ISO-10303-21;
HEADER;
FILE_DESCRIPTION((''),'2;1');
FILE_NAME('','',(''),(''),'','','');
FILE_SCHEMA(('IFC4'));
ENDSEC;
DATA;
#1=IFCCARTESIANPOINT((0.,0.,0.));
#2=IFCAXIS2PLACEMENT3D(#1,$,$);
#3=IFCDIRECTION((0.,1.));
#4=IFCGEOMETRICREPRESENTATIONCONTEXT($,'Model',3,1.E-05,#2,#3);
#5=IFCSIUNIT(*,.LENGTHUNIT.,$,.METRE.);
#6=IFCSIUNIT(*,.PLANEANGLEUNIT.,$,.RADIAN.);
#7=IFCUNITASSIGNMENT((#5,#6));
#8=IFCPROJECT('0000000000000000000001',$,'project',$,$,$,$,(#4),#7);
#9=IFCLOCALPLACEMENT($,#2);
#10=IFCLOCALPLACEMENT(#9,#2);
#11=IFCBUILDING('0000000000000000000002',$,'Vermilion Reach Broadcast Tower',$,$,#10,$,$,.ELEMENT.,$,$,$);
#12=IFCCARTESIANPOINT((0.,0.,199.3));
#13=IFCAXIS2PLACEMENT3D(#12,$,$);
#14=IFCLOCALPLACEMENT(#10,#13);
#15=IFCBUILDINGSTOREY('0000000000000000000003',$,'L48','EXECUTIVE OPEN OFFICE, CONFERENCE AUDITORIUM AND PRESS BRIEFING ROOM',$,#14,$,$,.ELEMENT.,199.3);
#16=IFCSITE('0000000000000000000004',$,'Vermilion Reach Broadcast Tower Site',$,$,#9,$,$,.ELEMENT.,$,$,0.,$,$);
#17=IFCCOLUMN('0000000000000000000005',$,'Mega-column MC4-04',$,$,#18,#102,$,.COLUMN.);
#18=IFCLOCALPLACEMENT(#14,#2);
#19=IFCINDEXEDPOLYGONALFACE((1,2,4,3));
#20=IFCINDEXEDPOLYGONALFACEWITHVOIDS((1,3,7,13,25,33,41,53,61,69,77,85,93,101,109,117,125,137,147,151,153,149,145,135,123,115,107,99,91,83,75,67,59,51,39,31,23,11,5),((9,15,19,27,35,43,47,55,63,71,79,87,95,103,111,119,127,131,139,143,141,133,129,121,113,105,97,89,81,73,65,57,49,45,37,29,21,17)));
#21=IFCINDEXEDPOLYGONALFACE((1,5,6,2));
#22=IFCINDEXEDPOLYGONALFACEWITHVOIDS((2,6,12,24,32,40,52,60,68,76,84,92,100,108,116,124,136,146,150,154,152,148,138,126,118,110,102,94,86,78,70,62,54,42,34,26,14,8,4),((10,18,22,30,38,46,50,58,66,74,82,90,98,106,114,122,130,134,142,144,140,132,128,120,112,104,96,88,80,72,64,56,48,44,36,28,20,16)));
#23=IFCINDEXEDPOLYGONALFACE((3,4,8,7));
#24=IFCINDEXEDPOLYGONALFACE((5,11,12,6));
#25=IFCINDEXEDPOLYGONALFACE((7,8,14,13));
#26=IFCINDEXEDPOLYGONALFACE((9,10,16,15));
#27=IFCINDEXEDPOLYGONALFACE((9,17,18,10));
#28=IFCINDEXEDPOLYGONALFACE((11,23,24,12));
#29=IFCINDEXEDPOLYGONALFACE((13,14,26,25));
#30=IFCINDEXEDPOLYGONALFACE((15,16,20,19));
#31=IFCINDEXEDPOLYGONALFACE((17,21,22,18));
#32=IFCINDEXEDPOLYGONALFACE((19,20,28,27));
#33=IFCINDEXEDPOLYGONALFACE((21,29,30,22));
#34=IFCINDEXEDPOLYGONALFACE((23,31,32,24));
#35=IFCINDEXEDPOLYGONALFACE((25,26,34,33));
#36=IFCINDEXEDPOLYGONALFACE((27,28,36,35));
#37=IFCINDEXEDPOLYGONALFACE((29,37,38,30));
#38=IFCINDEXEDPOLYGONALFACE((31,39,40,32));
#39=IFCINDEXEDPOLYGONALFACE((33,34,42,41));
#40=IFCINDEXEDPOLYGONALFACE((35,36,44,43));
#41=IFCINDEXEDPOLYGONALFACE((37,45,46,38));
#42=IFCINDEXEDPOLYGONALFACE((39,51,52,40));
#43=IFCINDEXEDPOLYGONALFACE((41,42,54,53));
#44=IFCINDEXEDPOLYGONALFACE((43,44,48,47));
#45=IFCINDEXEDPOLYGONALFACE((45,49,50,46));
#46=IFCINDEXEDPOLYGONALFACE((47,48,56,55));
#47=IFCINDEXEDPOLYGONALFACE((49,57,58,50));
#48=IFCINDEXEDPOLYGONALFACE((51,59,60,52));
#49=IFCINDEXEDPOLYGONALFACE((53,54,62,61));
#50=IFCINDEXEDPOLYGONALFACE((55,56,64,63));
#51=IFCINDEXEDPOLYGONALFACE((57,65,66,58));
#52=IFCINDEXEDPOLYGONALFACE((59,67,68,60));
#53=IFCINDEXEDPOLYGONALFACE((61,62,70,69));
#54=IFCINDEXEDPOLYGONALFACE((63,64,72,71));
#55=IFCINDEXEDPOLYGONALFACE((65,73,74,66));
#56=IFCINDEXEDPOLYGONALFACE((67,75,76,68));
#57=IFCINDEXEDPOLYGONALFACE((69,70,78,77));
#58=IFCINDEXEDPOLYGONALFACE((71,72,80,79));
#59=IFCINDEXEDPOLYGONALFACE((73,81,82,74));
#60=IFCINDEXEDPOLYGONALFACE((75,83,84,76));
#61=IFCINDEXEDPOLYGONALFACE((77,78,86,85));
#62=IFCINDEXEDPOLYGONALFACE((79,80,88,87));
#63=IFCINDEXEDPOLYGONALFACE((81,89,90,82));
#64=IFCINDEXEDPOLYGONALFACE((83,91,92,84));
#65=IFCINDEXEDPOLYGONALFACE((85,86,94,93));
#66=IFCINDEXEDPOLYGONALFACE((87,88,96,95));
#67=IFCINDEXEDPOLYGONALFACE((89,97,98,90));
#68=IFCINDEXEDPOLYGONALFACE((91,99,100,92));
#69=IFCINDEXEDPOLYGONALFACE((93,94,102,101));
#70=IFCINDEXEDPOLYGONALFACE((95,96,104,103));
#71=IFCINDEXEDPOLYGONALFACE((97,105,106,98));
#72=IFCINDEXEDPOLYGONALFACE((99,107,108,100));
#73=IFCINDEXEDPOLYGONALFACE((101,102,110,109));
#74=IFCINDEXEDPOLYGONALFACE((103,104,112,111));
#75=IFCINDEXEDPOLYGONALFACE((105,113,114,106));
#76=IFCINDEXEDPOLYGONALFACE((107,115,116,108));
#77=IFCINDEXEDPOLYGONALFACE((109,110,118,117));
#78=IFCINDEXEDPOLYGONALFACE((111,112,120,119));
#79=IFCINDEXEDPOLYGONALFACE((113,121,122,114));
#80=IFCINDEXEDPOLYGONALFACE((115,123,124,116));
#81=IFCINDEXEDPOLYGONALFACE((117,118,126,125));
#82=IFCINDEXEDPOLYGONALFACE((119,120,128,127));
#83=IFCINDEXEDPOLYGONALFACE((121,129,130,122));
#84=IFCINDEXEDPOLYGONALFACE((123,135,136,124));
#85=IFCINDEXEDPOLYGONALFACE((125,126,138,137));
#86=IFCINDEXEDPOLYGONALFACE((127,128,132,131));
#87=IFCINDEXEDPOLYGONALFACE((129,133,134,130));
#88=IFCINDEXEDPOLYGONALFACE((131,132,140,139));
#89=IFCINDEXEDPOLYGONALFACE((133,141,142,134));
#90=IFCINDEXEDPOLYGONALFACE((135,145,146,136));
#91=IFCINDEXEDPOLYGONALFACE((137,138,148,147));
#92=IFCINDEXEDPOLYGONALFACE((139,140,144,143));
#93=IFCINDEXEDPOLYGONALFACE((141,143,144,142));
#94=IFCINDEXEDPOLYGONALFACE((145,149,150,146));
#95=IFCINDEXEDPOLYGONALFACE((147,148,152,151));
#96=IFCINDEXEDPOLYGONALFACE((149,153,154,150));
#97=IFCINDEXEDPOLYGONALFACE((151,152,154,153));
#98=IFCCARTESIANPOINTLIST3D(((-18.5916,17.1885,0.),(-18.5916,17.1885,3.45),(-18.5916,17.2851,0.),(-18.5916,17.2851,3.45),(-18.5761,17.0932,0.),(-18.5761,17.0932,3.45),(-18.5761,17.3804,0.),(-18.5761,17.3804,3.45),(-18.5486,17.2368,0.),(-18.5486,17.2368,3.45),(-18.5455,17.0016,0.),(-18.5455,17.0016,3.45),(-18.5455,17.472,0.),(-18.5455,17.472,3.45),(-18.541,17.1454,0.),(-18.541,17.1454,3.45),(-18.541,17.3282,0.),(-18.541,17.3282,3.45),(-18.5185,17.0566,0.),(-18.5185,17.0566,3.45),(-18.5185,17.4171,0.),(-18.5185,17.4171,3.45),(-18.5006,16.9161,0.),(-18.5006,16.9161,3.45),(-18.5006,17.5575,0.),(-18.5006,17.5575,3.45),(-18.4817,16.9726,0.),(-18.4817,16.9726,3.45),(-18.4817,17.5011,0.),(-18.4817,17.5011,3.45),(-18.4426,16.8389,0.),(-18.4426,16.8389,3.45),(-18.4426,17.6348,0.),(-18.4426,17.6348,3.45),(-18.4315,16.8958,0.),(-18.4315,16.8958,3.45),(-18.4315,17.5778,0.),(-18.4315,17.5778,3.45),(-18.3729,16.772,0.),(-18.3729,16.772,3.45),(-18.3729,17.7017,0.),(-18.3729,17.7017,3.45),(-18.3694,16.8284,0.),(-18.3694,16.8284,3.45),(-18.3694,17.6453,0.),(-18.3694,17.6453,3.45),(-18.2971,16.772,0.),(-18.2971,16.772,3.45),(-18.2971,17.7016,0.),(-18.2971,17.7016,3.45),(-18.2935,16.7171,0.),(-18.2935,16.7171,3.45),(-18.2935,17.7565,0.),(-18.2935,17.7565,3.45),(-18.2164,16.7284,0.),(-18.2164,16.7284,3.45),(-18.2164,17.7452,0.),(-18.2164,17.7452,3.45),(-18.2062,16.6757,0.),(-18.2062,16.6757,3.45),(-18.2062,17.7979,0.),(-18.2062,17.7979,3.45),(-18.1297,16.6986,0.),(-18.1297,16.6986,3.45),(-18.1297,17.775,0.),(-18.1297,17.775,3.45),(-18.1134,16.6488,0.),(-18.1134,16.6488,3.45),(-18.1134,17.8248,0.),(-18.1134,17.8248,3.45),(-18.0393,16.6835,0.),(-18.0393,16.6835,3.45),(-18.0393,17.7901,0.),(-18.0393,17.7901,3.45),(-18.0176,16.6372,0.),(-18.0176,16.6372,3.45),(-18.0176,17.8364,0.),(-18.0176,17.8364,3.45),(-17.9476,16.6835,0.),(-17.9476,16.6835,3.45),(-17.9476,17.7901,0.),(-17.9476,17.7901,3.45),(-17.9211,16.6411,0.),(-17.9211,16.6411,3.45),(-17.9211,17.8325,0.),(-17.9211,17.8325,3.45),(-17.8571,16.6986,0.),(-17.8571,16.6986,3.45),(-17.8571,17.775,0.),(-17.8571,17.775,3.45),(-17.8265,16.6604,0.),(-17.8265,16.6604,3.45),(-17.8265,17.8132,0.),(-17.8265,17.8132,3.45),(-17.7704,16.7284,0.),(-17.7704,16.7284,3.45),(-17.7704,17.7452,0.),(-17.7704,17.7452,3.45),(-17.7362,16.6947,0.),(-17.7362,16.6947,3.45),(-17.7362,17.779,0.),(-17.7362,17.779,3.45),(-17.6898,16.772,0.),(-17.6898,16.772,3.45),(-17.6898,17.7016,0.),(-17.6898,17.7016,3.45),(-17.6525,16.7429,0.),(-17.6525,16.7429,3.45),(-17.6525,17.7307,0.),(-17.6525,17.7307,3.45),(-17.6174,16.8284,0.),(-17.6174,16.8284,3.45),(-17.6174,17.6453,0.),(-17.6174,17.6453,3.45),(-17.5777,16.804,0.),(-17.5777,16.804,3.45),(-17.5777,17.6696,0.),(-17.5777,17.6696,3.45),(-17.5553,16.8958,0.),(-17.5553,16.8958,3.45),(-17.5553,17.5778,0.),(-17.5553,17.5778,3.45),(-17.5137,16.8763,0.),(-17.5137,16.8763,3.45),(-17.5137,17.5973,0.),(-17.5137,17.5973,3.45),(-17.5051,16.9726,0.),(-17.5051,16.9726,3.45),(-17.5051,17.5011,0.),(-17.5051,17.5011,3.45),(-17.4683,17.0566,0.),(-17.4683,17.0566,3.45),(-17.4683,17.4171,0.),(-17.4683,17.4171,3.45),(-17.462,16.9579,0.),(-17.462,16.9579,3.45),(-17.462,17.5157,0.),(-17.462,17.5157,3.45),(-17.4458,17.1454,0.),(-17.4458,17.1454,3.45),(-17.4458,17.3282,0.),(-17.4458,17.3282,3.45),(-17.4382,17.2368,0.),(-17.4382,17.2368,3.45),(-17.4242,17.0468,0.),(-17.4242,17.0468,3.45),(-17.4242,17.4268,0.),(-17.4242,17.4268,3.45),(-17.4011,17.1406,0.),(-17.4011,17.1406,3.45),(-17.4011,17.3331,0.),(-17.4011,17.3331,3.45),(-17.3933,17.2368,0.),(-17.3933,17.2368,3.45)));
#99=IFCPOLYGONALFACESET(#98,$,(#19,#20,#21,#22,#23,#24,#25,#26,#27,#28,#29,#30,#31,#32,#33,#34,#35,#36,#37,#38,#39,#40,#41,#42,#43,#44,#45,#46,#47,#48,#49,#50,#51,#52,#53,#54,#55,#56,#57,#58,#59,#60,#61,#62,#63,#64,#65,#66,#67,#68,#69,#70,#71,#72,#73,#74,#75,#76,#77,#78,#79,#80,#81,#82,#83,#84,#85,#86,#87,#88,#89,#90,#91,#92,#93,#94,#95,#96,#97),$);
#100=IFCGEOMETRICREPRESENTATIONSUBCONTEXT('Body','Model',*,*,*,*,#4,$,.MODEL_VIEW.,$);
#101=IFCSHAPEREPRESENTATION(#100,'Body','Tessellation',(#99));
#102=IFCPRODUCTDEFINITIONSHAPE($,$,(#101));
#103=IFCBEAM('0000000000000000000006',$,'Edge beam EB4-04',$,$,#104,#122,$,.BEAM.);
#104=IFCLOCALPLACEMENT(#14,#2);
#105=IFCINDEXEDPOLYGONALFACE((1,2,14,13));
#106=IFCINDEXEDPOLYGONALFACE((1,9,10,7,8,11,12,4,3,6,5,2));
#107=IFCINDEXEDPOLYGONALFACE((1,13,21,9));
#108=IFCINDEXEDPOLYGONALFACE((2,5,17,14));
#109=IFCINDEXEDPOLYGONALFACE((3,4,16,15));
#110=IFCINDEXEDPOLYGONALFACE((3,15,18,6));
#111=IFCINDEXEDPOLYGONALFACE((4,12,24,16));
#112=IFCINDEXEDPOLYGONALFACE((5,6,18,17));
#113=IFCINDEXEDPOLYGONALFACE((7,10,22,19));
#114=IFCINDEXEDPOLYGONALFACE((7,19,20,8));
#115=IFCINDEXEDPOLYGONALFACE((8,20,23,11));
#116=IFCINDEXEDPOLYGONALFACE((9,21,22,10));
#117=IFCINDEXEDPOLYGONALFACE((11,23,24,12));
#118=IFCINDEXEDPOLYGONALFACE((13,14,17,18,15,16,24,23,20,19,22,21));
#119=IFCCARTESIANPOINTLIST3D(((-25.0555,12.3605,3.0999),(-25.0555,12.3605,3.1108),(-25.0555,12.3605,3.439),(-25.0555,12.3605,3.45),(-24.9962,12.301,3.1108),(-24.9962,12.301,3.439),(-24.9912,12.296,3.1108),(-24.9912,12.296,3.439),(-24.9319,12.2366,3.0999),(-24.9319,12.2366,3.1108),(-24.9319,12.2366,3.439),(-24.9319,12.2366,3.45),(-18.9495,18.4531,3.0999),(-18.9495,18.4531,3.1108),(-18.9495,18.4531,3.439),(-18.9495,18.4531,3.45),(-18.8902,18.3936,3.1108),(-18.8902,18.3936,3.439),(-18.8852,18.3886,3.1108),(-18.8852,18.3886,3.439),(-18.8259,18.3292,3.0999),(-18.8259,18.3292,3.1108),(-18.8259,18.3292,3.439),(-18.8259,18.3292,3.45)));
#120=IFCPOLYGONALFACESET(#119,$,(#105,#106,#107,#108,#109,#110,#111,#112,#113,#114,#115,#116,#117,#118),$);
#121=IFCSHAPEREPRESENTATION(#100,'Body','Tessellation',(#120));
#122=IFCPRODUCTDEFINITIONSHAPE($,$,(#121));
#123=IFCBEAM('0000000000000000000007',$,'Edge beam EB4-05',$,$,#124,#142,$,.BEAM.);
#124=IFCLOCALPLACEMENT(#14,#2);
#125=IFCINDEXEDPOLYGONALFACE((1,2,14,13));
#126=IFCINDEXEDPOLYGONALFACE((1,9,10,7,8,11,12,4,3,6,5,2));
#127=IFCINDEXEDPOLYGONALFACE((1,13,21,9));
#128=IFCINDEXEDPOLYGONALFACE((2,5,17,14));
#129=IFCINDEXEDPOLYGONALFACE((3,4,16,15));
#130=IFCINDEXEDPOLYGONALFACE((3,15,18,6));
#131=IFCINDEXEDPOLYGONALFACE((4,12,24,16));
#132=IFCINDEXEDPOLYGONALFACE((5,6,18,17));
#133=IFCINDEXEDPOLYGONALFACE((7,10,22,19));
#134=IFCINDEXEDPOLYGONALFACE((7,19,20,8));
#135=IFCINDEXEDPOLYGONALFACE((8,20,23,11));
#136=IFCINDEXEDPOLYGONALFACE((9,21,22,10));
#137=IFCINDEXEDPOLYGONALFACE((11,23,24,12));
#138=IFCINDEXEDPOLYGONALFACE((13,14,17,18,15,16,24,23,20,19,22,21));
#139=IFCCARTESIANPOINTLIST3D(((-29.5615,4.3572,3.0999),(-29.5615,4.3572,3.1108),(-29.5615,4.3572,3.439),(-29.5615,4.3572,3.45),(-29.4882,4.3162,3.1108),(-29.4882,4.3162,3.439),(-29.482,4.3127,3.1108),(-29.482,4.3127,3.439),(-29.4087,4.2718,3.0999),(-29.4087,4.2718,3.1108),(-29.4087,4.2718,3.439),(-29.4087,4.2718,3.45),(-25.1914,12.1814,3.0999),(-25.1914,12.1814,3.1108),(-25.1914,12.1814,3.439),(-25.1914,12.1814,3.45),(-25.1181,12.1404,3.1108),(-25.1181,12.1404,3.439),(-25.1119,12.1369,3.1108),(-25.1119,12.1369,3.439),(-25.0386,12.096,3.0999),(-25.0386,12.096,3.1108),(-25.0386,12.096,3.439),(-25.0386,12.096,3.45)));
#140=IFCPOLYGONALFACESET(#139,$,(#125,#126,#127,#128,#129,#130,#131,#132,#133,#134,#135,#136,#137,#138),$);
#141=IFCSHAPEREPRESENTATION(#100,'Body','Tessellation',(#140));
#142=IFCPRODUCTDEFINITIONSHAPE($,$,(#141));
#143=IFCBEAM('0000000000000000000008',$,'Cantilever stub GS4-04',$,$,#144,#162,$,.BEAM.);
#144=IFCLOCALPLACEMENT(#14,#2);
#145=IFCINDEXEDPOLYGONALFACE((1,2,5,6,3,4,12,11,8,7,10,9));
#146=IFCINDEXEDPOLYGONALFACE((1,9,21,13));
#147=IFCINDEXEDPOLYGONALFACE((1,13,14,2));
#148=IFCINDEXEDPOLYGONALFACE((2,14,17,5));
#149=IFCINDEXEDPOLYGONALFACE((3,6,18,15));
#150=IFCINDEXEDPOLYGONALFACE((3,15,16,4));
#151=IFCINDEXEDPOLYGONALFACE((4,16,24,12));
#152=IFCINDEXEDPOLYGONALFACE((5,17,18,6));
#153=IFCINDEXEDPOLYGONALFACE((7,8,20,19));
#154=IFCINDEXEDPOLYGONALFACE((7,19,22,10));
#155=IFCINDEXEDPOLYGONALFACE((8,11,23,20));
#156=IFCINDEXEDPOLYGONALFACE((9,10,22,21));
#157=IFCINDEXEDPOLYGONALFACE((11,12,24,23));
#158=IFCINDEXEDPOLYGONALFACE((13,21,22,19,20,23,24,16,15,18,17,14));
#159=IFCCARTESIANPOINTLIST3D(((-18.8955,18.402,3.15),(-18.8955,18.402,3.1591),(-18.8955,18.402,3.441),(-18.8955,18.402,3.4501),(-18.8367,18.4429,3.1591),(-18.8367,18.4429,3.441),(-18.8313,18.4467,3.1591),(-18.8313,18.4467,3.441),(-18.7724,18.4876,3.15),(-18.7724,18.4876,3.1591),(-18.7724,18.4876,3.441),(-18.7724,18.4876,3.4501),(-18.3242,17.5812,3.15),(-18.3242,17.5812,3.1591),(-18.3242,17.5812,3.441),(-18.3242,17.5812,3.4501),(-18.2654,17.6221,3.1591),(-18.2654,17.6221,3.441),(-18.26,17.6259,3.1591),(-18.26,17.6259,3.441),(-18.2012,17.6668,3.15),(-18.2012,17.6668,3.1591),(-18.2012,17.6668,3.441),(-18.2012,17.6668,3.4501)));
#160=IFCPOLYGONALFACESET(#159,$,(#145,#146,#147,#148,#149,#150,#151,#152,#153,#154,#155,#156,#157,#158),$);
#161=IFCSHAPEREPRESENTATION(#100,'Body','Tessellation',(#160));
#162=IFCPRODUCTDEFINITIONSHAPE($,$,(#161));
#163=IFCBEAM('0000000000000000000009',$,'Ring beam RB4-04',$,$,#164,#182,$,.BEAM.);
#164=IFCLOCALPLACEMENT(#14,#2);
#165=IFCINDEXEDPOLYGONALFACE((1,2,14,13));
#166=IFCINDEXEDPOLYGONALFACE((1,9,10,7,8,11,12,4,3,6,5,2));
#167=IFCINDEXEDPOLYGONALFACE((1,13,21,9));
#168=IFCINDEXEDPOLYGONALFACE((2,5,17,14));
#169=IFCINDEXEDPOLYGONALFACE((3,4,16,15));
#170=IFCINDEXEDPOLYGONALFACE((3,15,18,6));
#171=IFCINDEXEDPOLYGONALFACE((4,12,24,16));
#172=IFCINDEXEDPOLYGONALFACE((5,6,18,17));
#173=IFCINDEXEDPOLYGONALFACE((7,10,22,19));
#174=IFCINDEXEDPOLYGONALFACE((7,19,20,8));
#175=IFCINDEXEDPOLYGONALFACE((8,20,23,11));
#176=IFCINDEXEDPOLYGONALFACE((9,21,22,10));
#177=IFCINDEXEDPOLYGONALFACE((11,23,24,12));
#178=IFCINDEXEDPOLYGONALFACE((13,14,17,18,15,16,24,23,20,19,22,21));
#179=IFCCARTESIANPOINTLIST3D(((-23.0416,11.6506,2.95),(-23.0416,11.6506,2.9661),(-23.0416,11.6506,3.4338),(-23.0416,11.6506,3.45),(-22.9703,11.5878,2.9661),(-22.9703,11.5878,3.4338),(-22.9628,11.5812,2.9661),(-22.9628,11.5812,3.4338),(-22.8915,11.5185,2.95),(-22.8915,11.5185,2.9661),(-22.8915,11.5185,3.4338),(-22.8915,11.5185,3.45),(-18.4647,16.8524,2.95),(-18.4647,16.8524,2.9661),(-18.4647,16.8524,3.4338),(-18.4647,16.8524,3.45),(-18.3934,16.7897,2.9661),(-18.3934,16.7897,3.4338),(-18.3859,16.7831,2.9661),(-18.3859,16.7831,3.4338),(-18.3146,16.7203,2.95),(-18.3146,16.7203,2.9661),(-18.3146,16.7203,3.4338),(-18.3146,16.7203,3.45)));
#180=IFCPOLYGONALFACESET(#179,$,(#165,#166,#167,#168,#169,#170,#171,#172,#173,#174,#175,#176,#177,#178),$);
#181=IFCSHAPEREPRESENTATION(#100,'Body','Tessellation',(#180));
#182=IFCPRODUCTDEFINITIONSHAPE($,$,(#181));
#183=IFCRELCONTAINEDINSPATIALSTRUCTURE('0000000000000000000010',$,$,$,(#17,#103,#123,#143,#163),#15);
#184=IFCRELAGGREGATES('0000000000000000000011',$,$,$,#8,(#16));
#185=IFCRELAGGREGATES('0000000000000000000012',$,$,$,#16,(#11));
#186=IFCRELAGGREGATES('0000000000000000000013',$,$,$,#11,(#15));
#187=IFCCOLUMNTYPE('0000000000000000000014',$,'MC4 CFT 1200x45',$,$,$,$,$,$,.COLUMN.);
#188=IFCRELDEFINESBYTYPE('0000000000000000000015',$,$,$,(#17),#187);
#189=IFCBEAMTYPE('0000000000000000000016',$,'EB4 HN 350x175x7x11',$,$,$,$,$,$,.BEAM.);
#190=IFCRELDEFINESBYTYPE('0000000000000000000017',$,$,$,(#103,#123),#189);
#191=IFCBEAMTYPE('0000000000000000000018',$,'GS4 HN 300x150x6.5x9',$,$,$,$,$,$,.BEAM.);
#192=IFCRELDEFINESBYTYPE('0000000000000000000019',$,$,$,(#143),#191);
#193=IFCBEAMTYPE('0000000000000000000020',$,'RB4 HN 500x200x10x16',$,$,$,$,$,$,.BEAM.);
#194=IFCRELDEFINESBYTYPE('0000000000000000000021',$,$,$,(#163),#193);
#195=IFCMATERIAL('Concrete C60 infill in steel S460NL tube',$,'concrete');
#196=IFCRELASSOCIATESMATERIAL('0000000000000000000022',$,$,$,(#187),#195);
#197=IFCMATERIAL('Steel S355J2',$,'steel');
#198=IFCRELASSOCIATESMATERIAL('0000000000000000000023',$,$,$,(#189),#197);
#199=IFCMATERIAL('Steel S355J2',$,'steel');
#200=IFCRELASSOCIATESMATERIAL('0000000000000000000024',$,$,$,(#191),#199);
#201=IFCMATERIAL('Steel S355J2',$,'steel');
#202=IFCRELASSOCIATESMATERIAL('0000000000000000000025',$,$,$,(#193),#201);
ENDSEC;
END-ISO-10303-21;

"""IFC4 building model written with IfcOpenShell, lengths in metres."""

from ifc_helpers import new_model, si_unit, direction, frame, origin, origin_2d, place, context, subcontext, project, spatial, hollow_circle, i_section, extrude, material, material_profile, profile_set, type_object, element, save


model = new_model("IFC4")

# Units and contexts
model_context = context("Model", 3, precision=1e-05, world=origin(), true_north=direction((0.0, 1.0)))
body_context = subcontext(model_context, "Body", "Model", "MODEL_VIEW")
ifc_project = project(units=[si_unit("LENGTHUNIT", "METRE"), si_unit("PLANEANGLEUNIT", "RADIAN")], contexts=[model_context])

# Site, building, storey
site_placement = place(None, origin())
site = spatial("IfcSite", under=ifc_project, at=site_placement, Name="Vermilion Reach Broadcast Tower Site", CompositionType="ELEMENT", RefElevation=0.0)
building_placement = place(site_placement, origin())
building = spatial("IfcBuilding", under=site, at=building_placement, Name="Vermilion Reach Broadcast Tower", CompositionType="ELEMENT")
storey_placement = place(building_placement, frame((0.0, 0.0, 199.3)))
storey = spatial("IfcBuildingStorey", under=building, at=storey_placement, Name="L48", Description="EXECUTIVE OPEN OFFICE, CONFERENCE AUDITORIUM AND PRESS BRIEFING ROOM", CompositionType="ELEMENT", Elevation=199.3)

# Column
ifc_material_1 = material(Name="Concrete C60 infill in steel S460NL tube", Category="concrete")
ifc_material_profile_1 = material_profile(ifc_material_1, hollow_circle(Radius=0.6001, WallThickness=0.0449, at=origin_2d()), Name="Concrete C60 infill in steel S460NL tube CFT 1200x45")
ifc_profile_set_1 = profile_set([ifc_material_profile_1], Name="Concrete C60 infill in steel S460NL tube")
column_type = type_object("IfcColumnType", Name="MC4 CFT 1200x45", PredefinedType="COLUMN", material=ifc_profile_set_1)
column_placement = place(storey_placement, frame((-17.9934, 17.2368, 0.0), z_axis=(0.0, 0.0, 1.0), x_axis=(1.0, 0.0, 0.0)))
element("IfcColumn", 1, at=column_placement, inside=storey, type_object=column_type, Name="Mega-column MC4-04", PredefinedType="COLUMN", context=body_context, shape_type="SweptSolid", body=[
    extrude(hollow_circle(Radius=0.6001, WallThickness=0.0449, at=origin_2d()), origin(), (0.0, 0.0, 1.0), 3.45),
])

# Beams
ifc_material_2 = material(Name="Steel S355J2", Category="steel")
ifc_material_profile_2 = material_profile(ifc_material_2, i_section(OverallWidth=0.175, OverallDepth=0.3501, WebThickness=0.0071, FlangeThickness=0.011, at=origin_2d()), Name="S355J2 HN 350x175x7x11")
ifc_profile_set_2 = profile_set([ifc_material_profile_2], Name="Steel S355J2")
beam_type_1 = type_object("IfcBeamType", Name="EB4 HN 350x175x7x11", PredefinedType="BEAM", material=ifc_profile_set_2)
beam_1_placement = place(storey_placement, frame((-18.8877, 18.3911, 3.2749), z_axis=(-0.707885, -0.706328, 0.0), x_axis=(0.706328, -0.707885, 0.0)))
element("IfcBeam", 2, at=beam_1_placement, inside=storey, type_object=beam_type_1, Name="Edge beam EB4-04", PredefinedType="BEAM", context=body_context, shape_type="SweptSolid", body=[
    extrude(i_section(OverallWidth=0.175, OverallDepth=0.3501, WebThickness=0.0071, FlangeThickness=0.011, at=origin_2d()), origin(), (0.0, 0.0, 1.0), 8.6257),
])
beam_2_placement = place(storey_placement, frame((-25.115, 12.1387, 3.2749), z_axis=(-0.487631, -0.87305, 0.0), x_axis=(0.87305, -0.487631, 0.0)))
element("IfcBeam", 3, at=beam_2_placement, inside=storey, type_object=beam_type_1, Name="Edge beam EB4-05", PredefinedType="BEAM", context=body_context, shape_type="SweptSolid", body=[
    extrude(i_section(OverallWidth=0.175, OverallDepth=0.3501, WebThickness=0.0071, FlangeThickness=0.011, at=origin_2d()), origin(), (0.0, 0.0, 1.0), 8.9619),
])
ifc_material_3 = material(Name="Steel S355J2", Category="steel")
ifc_material_profile_3 = material_profile(ifc_material_3, i_section(OverallWidth=0.1499, OverallDepth=0.3, WebThickness=0.0066, FlangeThickness=0.009, at=origin_2d()), Name="S355J2 HN 300x150x6.5x9")
ifc_profile_set_3 = profile_set([ifc_material_profile_3], Name="Steel S355J2")
beam_type_2 = type_object("IfcBeamType", Name="GS4 HN 300x150x6.5x9", PredefinedType="BEAM", material=ifc_profile_set_3)
beam_3_placement = place(storey_placement, frame((-18.2627, 17.624, 3.3), z_axis=(-0.571265, 0.820766, 0.0), x_axis=(-0.820766, -0.571265, 0.0)))
element("IfcBeam", 4, at=beam_3_placement, inside=storey, type_object=beam_type_2, Name="Cantilever stub GS4-04", PredefinedType="BEAM", context=body_context, shape_type="SweptSolid", body=[
    extrude(i_section(OverallWidth=0.1499, OverallDepth=0.3, WebThickness=0.0066, FlangeThickness=0.009, at=origin_2d()), origin(), (0.0, 0.0, 1.0), 1.0),
])
ifc_material_4 = material(Name="Steel S355J2", Category="steel")
ifc_material_profile_4 = material_profile(ifc_material_4, i_section(OverallWidth=0.2, OverallDepth=0.5, WebThickness=0.01, FlangeThickness=0.0161, at=origin_2d()), Name="S355J2 HN 500x200x10x16")
ifc_profile_set_4 = profile_set([ifc_material_profile_4], Name="Steel S355J2")
beam_type_3 = type_object("IfcBeamType", Name="RB4 HN 500x200x10x16", PredefinedType="BEAM", material=ifc_profile_set_4)
beam_4_placement = place(storey_placement, frame((-18.3896, 16.7864, 3.2), z_axis=(-0.660565, -0.750769, 0.0), x_axis=(0.750769, -0.660565, 0.0)))
element("IfcBeam", 5, at=beam_4_placement, inside=storey, type_object=beam_type_3, Name="Ring beam RB4-04", PredefinedType="BEAM", context=body_context, shape_type="SweptSolid", body=[
    extrude(i_section(OverallWidth=0.2, OverallDepth=0.5, WebThickness=0.01, FlangeThickness=0.0161, at=origin_2d()), origin(), (0.0, 0.0, 1.0), 6.9287),
])

save(model, "model.ifc")
